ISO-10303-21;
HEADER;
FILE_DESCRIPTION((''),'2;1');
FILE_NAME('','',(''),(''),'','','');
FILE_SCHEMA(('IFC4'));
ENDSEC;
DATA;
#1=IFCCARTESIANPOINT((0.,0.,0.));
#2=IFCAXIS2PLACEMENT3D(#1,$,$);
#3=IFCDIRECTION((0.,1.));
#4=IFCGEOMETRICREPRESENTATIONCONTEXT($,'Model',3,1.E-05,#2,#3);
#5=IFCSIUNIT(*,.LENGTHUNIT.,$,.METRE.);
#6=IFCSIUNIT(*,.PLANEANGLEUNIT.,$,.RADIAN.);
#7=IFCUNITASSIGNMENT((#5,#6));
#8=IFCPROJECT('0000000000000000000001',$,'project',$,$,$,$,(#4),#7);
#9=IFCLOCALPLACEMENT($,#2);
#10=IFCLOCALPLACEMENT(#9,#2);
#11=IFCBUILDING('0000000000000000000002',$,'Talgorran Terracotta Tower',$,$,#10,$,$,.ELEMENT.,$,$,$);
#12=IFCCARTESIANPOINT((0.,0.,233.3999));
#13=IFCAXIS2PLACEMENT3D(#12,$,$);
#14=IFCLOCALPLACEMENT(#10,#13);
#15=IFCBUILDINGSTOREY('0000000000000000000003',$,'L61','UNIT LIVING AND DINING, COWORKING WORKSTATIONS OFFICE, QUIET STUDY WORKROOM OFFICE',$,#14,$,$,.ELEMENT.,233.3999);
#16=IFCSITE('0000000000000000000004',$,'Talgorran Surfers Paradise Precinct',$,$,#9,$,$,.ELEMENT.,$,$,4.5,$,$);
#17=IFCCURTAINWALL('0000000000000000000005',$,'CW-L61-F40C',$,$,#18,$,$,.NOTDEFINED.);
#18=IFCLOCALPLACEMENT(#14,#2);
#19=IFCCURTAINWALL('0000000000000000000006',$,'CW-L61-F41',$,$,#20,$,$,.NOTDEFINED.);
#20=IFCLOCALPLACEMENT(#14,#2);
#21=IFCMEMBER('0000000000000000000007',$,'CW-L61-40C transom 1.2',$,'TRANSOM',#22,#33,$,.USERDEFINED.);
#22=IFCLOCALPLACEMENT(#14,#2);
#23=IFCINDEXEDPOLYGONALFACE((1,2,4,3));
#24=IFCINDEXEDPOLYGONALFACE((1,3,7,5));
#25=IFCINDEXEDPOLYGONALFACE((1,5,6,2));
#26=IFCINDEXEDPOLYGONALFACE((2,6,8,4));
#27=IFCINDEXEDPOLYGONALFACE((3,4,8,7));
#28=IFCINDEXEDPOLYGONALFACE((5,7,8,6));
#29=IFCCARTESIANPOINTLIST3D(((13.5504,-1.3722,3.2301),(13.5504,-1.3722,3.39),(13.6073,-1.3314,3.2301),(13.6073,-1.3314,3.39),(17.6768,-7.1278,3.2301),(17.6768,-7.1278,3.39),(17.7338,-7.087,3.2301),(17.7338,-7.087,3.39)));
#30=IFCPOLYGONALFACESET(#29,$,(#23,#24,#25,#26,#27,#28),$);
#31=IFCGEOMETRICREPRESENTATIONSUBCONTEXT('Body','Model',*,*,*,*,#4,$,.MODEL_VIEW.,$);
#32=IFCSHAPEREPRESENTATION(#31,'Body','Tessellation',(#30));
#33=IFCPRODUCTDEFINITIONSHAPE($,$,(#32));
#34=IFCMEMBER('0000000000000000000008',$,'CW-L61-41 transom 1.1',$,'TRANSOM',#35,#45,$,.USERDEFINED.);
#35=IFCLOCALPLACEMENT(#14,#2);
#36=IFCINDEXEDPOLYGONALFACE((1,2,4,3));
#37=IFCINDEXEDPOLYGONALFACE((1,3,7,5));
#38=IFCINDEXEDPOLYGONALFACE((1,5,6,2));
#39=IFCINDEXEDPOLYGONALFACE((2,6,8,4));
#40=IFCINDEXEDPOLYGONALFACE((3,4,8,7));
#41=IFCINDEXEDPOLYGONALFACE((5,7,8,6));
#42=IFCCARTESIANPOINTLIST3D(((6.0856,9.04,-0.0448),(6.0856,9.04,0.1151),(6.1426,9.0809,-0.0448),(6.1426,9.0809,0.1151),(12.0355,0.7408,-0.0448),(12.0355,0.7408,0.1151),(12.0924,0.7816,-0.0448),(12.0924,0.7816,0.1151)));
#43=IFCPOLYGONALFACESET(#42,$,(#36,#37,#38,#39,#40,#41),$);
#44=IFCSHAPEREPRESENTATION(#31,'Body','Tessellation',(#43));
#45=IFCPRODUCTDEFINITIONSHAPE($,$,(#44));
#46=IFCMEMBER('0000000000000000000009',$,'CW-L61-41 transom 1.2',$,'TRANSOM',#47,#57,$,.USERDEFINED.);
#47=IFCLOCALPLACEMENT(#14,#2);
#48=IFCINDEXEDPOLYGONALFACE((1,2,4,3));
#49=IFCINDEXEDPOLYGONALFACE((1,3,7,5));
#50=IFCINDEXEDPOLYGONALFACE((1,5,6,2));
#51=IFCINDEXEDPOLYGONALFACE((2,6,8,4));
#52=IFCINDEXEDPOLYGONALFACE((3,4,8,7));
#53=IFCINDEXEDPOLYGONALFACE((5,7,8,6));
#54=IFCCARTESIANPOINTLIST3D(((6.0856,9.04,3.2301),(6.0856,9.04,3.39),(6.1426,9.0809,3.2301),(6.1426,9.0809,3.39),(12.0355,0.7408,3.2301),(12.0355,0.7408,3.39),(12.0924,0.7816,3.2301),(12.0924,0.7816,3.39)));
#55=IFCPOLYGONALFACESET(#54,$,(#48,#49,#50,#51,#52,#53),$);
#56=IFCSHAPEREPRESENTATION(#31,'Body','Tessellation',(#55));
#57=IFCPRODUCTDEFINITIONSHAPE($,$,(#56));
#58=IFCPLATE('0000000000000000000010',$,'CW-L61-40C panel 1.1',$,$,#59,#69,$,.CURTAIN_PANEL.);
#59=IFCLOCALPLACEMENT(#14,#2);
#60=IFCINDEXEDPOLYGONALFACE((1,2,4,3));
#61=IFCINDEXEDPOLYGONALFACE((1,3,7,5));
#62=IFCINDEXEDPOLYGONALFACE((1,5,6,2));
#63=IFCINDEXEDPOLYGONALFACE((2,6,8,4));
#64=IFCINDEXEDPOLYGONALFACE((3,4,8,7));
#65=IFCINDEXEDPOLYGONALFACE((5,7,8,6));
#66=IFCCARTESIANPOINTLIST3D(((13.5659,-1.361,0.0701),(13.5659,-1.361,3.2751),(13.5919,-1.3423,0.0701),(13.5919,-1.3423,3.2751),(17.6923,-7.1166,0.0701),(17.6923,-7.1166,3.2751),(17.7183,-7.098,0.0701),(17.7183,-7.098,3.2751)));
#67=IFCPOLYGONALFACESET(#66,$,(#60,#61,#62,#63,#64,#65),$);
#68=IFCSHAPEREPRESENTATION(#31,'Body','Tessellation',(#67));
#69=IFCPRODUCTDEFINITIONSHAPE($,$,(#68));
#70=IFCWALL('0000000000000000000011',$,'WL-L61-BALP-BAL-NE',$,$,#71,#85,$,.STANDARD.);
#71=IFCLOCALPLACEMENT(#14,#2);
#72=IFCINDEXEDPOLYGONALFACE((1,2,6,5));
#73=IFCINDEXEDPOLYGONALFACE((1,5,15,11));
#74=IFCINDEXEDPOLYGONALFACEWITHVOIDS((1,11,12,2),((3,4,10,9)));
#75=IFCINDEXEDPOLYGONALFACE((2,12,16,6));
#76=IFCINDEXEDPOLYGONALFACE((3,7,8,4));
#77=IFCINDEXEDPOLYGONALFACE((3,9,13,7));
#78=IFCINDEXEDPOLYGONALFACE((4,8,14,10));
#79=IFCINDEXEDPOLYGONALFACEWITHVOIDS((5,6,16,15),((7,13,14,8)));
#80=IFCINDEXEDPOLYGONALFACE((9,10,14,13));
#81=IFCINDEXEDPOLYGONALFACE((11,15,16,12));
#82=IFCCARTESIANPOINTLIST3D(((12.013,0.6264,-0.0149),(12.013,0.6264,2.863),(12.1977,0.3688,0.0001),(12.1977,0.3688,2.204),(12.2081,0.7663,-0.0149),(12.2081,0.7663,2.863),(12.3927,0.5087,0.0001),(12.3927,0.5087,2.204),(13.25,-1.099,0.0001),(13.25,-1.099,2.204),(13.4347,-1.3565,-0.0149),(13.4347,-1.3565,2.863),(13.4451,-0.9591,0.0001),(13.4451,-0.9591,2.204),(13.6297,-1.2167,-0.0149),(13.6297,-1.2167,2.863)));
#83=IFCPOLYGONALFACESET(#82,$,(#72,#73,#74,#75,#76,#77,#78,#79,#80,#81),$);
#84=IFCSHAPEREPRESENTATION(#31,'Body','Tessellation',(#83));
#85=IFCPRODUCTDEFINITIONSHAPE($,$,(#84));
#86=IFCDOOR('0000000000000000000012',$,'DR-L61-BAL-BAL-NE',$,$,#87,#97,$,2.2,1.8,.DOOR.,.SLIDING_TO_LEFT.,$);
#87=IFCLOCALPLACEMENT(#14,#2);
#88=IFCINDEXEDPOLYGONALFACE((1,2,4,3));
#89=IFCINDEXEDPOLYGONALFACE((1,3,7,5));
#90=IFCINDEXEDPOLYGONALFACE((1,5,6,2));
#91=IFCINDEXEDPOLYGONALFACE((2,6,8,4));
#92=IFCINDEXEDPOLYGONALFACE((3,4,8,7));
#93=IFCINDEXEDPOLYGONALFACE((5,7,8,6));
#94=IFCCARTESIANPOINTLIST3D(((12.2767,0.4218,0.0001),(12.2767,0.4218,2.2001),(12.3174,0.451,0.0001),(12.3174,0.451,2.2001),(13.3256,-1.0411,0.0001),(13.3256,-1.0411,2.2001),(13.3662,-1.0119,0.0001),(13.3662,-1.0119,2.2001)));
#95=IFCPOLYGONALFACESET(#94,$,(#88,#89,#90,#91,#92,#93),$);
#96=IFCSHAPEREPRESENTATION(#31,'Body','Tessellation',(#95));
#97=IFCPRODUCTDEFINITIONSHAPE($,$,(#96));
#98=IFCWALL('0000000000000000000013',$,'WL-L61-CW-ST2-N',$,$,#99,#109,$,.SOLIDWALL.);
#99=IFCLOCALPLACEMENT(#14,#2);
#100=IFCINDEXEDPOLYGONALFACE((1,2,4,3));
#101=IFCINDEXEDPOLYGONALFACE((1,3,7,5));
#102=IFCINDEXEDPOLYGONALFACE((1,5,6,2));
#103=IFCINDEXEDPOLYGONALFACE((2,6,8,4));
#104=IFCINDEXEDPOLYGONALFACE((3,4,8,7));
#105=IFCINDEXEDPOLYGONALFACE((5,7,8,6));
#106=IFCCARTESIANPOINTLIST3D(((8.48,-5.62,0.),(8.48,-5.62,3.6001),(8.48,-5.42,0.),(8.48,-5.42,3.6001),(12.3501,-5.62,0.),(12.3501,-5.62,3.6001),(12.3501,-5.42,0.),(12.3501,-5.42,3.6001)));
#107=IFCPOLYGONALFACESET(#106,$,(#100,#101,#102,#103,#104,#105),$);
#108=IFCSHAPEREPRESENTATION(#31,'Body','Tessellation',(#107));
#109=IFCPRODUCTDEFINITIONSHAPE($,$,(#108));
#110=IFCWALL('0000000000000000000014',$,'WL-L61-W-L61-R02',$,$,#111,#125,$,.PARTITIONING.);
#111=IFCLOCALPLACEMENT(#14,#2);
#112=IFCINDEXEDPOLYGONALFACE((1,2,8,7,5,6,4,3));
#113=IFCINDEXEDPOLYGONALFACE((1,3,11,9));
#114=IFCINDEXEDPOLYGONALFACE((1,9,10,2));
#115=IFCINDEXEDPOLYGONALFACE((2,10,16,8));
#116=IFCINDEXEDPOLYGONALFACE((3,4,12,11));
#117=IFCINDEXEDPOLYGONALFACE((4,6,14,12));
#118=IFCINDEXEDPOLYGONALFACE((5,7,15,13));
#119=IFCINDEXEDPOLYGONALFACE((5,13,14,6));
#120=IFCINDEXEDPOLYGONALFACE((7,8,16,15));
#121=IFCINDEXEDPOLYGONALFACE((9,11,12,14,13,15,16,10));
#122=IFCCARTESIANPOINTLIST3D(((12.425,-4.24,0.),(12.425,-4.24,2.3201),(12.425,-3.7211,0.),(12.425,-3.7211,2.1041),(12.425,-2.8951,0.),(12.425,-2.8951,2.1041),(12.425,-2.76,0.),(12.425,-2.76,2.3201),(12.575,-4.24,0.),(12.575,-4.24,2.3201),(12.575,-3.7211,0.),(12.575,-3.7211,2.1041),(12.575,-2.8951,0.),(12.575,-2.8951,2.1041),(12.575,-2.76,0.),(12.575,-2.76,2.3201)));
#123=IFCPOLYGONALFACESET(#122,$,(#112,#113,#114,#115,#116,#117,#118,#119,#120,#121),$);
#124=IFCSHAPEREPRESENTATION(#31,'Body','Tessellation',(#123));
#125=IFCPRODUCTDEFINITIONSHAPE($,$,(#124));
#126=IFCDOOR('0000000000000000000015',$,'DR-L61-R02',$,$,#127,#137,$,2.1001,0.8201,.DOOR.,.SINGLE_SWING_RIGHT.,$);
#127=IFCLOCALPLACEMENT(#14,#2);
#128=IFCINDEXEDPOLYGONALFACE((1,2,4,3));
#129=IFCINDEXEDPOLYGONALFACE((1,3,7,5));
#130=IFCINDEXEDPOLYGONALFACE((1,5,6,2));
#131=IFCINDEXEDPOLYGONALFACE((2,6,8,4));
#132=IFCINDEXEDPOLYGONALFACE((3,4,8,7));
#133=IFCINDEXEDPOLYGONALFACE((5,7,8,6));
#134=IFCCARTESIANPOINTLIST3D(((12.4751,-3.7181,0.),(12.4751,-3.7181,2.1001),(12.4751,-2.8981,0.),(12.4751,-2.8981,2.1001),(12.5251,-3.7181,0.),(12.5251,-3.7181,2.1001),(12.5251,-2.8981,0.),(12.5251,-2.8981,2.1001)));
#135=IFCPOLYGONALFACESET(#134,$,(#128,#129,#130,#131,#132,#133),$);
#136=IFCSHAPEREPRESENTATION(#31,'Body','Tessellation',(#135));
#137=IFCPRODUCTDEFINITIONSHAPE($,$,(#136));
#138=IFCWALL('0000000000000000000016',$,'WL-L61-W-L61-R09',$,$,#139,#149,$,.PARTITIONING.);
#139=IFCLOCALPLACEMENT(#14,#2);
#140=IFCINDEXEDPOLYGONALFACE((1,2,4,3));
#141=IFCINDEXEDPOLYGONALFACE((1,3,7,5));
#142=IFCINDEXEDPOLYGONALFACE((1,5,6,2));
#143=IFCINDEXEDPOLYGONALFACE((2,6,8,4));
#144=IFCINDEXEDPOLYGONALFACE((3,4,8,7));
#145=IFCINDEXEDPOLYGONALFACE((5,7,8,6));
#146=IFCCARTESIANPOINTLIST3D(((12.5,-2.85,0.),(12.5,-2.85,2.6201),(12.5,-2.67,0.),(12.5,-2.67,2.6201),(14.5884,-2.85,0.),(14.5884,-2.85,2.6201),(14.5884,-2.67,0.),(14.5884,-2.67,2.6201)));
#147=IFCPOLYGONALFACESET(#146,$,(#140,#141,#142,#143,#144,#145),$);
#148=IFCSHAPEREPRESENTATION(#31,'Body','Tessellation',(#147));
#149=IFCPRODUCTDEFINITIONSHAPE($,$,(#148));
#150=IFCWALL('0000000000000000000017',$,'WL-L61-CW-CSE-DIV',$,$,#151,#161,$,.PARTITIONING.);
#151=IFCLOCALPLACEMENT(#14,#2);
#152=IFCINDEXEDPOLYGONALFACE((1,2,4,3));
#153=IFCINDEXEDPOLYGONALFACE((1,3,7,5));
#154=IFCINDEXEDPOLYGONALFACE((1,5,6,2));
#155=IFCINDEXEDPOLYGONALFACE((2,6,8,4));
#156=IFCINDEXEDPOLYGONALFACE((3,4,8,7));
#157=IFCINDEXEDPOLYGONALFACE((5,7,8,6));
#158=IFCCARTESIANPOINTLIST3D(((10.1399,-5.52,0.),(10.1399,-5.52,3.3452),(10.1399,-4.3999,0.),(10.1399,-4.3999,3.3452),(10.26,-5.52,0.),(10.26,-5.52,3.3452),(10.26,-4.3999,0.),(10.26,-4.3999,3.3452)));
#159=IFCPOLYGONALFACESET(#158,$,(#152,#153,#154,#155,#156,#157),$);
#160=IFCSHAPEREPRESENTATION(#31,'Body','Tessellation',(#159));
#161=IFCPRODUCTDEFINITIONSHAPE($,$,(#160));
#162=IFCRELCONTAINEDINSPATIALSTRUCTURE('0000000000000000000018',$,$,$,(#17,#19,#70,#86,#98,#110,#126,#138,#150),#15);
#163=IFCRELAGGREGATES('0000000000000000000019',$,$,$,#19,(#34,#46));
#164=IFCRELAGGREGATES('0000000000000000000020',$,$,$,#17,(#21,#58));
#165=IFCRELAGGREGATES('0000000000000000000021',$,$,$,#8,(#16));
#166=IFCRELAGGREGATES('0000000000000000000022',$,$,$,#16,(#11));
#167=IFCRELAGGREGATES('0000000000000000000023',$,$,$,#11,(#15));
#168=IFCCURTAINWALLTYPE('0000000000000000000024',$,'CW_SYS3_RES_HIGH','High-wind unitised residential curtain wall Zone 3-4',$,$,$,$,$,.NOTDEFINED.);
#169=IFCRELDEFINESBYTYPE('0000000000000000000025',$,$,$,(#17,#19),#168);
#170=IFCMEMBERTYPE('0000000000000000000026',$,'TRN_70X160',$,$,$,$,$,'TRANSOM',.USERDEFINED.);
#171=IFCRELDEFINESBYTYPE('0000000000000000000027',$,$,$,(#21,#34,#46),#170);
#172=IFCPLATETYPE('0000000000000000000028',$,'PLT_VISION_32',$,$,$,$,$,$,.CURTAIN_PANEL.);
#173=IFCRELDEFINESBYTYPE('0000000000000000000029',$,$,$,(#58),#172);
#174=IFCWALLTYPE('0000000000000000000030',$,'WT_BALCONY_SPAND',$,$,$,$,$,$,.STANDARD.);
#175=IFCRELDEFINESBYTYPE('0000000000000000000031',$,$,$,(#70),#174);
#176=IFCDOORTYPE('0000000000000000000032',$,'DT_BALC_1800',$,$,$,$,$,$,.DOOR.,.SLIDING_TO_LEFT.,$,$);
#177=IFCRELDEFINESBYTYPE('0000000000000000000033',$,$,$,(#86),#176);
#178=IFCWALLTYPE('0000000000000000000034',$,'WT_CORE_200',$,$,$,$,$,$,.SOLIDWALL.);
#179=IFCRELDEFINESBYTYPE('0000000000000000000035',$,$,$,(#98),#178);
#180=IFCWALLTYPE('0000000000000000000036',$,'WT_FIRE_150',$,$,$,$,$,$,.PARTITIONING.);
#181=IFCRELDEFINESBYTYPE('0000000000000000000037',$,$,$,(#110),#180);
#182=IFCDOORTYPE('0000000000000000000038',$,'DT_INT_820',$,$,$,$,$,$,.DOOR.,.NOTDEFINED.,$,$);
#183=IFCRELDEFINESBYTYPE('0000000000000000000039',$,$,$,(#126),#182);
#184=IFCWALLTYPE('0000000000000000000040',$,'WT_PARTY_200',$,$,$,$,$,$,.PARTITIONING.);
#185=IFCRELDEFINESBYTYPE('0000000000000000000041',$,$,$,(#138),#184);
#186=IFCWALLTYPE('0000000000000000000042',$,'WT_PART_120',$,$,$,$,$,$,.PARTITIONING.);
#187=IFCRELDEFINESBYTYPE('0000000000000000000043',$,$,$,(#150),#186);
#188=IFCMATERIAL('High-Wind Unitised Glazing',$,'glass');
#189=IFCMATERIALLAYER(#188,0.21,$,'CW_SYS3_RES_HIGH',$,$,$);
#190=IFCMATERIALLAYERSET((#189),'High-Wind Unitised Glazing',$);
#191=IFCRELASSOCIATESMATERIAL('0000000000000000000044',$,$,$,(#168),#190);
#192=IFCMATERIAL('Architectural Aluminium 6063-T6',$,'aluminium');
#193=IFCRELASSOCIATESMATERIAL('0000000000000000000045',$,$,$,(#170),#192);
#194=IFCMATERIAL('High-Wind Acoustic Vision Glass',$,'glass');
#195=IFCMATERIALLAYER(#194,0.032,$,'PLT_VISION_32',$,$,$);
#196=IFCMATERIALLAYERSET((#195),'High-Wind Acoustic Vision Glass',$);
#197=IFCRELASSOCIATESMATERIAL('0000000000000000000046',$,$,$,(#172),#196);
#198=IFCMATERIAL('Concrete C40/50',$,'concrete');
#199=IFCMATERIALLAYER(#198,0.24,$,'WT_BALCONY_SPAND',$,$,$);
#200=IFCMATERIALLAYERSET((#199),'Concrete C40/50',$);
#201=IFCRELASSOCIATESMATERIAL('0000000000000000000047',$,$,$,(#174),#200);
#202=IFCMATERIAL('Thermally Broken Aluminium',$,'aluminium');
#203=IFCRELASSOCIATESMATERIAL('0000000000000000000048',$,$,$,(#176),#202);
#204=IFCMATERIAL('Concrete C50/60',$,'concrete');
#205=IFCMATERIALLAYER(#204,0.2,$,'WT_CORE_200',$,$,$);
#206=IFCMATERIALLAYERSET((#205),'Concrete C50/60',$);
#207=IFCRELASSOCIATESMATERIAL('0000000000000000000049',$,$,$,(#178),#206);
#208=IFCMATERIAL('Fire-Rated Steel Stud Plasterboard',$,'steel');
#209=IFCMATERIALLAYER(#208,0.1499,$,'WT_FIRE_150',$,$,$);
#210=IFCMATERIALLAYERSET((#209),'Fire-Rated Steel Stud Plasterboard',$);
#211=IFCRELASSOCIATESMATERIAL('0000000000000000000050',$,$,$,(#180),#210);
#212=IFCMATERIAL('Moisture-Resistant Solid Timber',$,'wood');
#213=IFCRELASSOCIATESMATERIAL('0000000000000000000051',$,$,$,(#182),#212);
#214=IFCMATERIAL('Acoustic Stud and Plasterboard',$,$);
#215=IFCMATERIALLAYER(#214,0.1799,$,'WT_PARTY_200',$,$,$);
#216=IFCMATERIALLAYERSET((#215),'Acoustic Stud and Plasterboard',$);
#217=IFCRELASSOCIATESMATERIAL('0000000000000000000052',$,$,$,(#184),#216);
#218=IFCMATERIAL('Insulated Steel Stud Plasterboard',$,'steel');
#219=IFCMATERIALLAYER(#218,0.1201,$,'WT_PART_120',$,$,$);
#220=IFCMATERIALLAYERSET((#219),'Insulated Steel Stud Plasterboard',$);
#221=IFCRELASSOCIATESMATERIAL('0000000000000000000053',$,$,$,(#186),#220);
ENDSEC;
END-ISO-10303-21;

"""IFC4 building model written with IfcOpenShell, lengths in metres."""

from ifc_helpers import new_model, si_unit, direction, frame, frame_2d, origin, origin_2d, place, context, subcontext, project, spatial, rectangle, extrude, source, transform, mapped, material, layer, layer_set, material_profile, profile_set, type_object, type_shapes, element, fill, aggregate, save


model = new_model("IFC4")

# Units and contexts
model_context = context("Model", 3, precision=1e-05, world=origin(), true_north=direction((0.0, 1.0)))
body_context = subcontext(model_context, "Body", "Model", "MODEL_VIEW")
ifc_project = project(units=[si_unit("LENGTHUNIT", "METRE"), si_unit("PLANEANGLEUNIT", "RADIAN")], contexts=[model_context])

# Site, building, storey
site_placement = place(None, origin())
site = spatial("IfcSite", under=ifc_project, at=site_placement, Name="Talgorran Surfers Paradise Precinct", CompositionType="ELEMENT", RefElevation=4.5)
building_placement = place(site_placement, origin())
building = spatial("IfcBuilding", under=site, at=building_placement, Name="Talgorran Terracotta Tower", CompositionType="ELEMENT")
storey_placement = place(building_placement, frame((0.0, 0.0, 233.3999)))
storey = spatial("IfcBuildingStorey", under=building, at=storey_placement, Name="L61", Description="UNIT LIVING AND DINING, COWORKING WORKSTATIONS OFFICE, QUIET STUDY WORKROOM OFFICE", CompositionType="ELEMENT", Elevation=233.3999)

# Curtain walls
ifc_material_1 = material(Name="High-Wind Unitised Glazing", Category="glass")
ifc_layer_1 = layer(ifc_material_1, 0.21, Name="CW_SYS3_RES_HIGH")
ifc_layer_set_1 = layer_set([ifc_layer_1], Name="High-Wind Unitised Glazing")
curtain_wall_type = type_object("IfcCurtainWallType", Name="CW_SYS3_RES_HIGH", Description="High-wind unitised residential curtain wall Zone 3-4", PredefinedType="NOTDEFINED", material=ifc_layer_set_1)
curtain_wall_1_placement = place(storey_placement, origin())
curtain_wall_1 = element("IfcCurtainWall", 1, at=curtain_wall_1_placement, inside=storey, type_object=curtain_wall_type, Name="CW-L61-F40C", PredefinedType="NOTDEFINED")
ifc_material_2 = material(Name="Architectural Aluminium 6063-T6", Category="aluminium")
curtain_wall_2_placement = place(storey_placement, origin())
curtain_wall_2 = element("IfcCurtainWall", 2, at=curtain_wall_2_placement, inside=storey, type_object=curtain_wall_type, Name="CW-L61-F41", PredefinedType="NOTDEFINED")

# Members
ifc_material_profile_1 = material_profile(ifc_material_2, rectangle(XDim=0.0701, YDim=0.1599, at=origin_2d()), Name="CWT70X160")
ifc_profile_set_1 = profile_set([ifc_material_profile_1], Name="Architectural Aluminium 6063-T6")
member_type_1 = type_object("IfcMemberType", Name="TRN_70X160", ElementType="TRANSOM", PredefinedType="USERDEFINED", material=ifc_profile_set_1)
member_1_placement = place(storey_placement, frame((17.7053, -7.1074, 3.3101), z_axis=(-0.582669, 0.81271, 0.0), x_axis=(-0.81271, -0.582669, 0.0)))
member_1 = element("IfcMember", 3, at=member_1_placement, type_object=member_type_1, Name="CW-L61-40C transom 1.2", ObjectType="TRANSOM", PredefinedType="USERDEFINED", context=body_context, shape_type="SweptSolid", body=[
    extrude(rectangle(XDim=0.0701, YDim=0.1599, at=origin_2d()), origin(), (0.0, 0.0, 1.0), 7.082),
])
member_2_placement = place(storey_placement, frame((12.064, 0.7612, 0.0352), z_axis=(-0.582655, 0.812719, 0.0), x_axis=(-0.812719, -0.582655, 0.0)))
member_2 = element("IfcMember", 4, at=member_2_placement, type_object=member_type_1, Name="CW-L61-41 transom 1.1", ObjectType="TRANSOM", PredefinedType="USERDEFINED", context=body_context, shape_type="SweptSolid", body=[
    extrude(rectangle(XDim=0.0701, YDim=0.1599, at=origin_2d()), origin(), (0.0, 0.0, 1.0), 10.2117),
])
member_3_placement = place(storey_placement, frame((12.064, 0.7612, 3.3101), z_axis=(-0.582655, 0.812719, 0.0), x_axis=(-0.812719, -0.582655, 0.0)))
member_3 = element("IfcMember", 5, at=member_3_placement, type_object=member_type_1, Name="CW-L61-41 transom 1.2", ObjectType="TRANSOM", PredefinedType="USERDEFINED", context=body_context, shape_type="SweptSolid", body=[
    extrude(rectangle(XDim=0.0701, YDim=0.1599, at=origin_2d()), origin(), (0.0, 0.0, 1.0), 10.2117),
])
aggregate(curtain_wall_2, [member_2, member_3])

# Plate
ifc_material_3 = material(Name="High-Wind Acoustic Vision Glass", Category="glass")
ifc_layer_2 = layer(ifc_material_3, 0.032, Name="PLT_VISION_32")
ifc_layer_set_2 = layer_set([ifc_layer_2], Name="High-Wind Acoustic Vision Glass")
plate_type = type_object("IfcPlateType", Name="PLT_VISION_32", PredefinedType="CURTAIN_PANEL", material=ifc_layer_set_2)
shared_shape = source(origin(), body_context, "Body", "SweptSolid", [
    extrude(rectangle(XDim=7.082, YDim=0.032, at=origin_2d()), origin(), (0.0, 0.0, 1.0), 3.2051),
])
type_shapes(plate_type, [shared_shape])
plate_placement = place(storey_placement, frame((15.6421, -4.2295, 0.0701), z_axis=(0.0, 0.0, 1.0), x_axis=(-0.582665, 0.812712, 0.0)))
plate = element("IfcPlate", 6, at=plate_placement, type_object=plate_type, Name="CW-L61-40C panel 1.1", PredefinedType="CURTAIN_PANEL", context=body_context, shape_type="MappedRepresentation", body=[
    mapped(shared_shape, transform((0.0, 0.0, 0.0), scale=1.0)),
])
aggregate(curtain_wall_1, [member_1, plate])

# Wall, opening, door
ifc_material_4 = material(Name="Concrete C40/50", Category="concrete")
ifc_layer_3 = layer(ifc_material_4, 0.24, Name="WT_BALCONY_SPAND")
ifc_layer_set_3 = layer_set([ifc_layer_3], Name="Concrete C40/50")
wall_type_1 = type_object("IfcWallType", Name="WT_BALCONY_SPAND", PredefinedType="STANDARD", material=ifc_layer_set_3)
wall_1_placement = place(storey_placement, frame((13.5322, -1.2866, -0.0149), z_axis=(0.0, 0.0, 1.0), x_axis=(-0.582667, 0.812711, 0.0)))
wall_1 = element("IfcWall", 7, at=wall_1_placement, inside=storey, type_object=wall_type_1, Name="WL-L61-BALP-BAL-NE", PredefinedType="STANDARD", context=body_context, shape_type="SweptSolid", body=[
    extrude(rectangle(XDim=2.4399, YDim=0.24, at=frame_2d((1.22, 0.0))), origin(), (0.0, 0.0, 1.0), 2.8779),
])
opening_1_placement = place(wall_1_placement, frame((0.3201, 0.0, 0.0149)))
opening_1 = element("IfcOpeningElement", 8, at=opening_1_placement, cuts=wall_1, PredefinedType="OPENING", context=body_context, shape_type="SweptSolid", body=[
    extrude(rectangle(XDim=1.806, YDim=2.204, at=frame_2d((0.8999, 1.1021))), frame((0.0, 0.1299, 0.0), z_axis=(0.0, -1.0, 0.0), x_axis=(1.0, 0.0, 0.0)), (0.0, 0.0, 1.0), 0.26),
])
ifc_material_5 = material(Name="Thermally Broken Aluminium", Category="aluminium")
door_type_1 = type_object("IfcDoorType", Name="DT_BALC_1800", OperationType="SLIDING_TO_LEFT", PredefinedType="DOOR", material=ifc_material_5)
door_1_placement = place(opening_1_placement, origin())
door_1 = element("IfcDoor", 9, at=door_1_placement, inside=storey, type_object=door_type_1, Name="DR-L61-BAL-BAL-NE", OperationType="SLIDING_TO_LEFT", OverallHeight=2.2, OverallWidth=1.8, PredefinedType="DOOR", context=body_context, shape_type="SweptSolid", body=[
    extrude(rectangle(XDim=1.8, YDim=2.2, at=frame_2d((0.8999, 1.1001))), frame((0.0, 0.0249, 0.0), z_axis=(0.0, -1.0, 0.0), x_axis=(1.0, 0.0, 0.0)), (0.0, 0.0, 1.0), 0.05),
])
fill(opening_1, door_1)

# Wall
ifc_material_6 = material(Name="Concrete C50/60", Category="concrete")
ifc_layer_4 = layer(ifc_material_6, 0.2, Name="WT_CORE_200")
ifc_layer_set_4 = layer_set([ifc_layer_4], Name="Concrete C50/60")
wall_type_2 = type_object("IfcWallType", Name="WT_CORE_200", PredefinedType="SOLIDWALL", material=ifc_layer_set_4)
wall_2_placement = place(storey_placement, frame((8.48, -5.52, 0.0), z_axis=(0.0, 0.0, 1.0), x_axis=(1.0, 0.0, 0.0)))
element("IfcWall", 10, at=wall_2_placement, inside=storey, type_object=wall_type_2, Name="WL-L61-CW-ST2-N", PredefinedType="SOLIDWALL", context=body_context, shape_type="SweptSolid", body=[
    extrude(rectangle(XDim=3.8701, YDim=0.2, at=frame_2d((1.9351, 0.0))), origin(), (0.0, 0.0, 1.0), 3.6001),
])

# Wall, opening, door
ifc_material_7 = material(Name="Fire-Rated Steel Stud Plasterboard", Category="steel")
ifc_layer_5 = layer(ifc_material_7, 0.1499, Name="WT_FIRE_150")
ifc_layer_set_5 = layer_set([ifc_layer_5], Name="Fire-Rated Steel Stud Plasterboard")
wall_type_3 = type_object("IfcWallType", Name="WT_FIRE_150", PredefinedType="PARTITIONING", material=ifc_layer_set_5)
wall_3_placement = place(storey_placement, frame((12.5, -4.24, 0.0), z_axis=(0.0, 0.0, 1.0), x_axis=(0.0, 1.0, 0.0)))
wall_3 = element("IfcWall", 11, at=wall_3_placement, inside=storey, type_object=wall_type_3, Name="WL-L61-W-L61-R02", PredefinedType="PARTITIONING", context=body_context, shape_type="SweptSolid", body=[
    extrude(rectangle(XDim=1.48, YDim=0.1499, at=frame_2d((0.74, 0.0))), origin(), (0.0, 0.0, 1.0), 2.3201),
])
opening_2_placement = place(wall_3_placement, frame((0.5217, 0.0, 0.0)))
opening_2 = element("IfcOpeningElement", 12, at=opening_2_placement, cuts=wall_3, PredefinedType="OPENING", context=body_context, shape_type="SweptSolid", body=[
    extrude(rectangle(XDim=0.8261, YDim=2.1041, at=frame_2d((0.4102, 1.052))), frame((0.0, 0.085, 0.0), z_axis=(0.0, -1.0, 0.0), x_axis=(1.0, 0.0, 0.0)), (0.0, 0.0, 1.0), 0.1699),
])
ifc_material_8 = material(Name="Moisture-Resistant Solid Timber", Category="wood")
door_type_2 = type_object("IfcDoorType", Name="DT_INT_820", OperationType="NOTDEFINED", PredefinedType="DOOR", material=ifc_material_8)
door_2_placement = place(opening_2_placement, origin())
door_2 = element("IfcDoor", 13, at=door_2_placement, inside=storey, type_object=door_type_2, Name="DR-L61-R02", OperationType="SINGLE_SWING_RIGHT", OverallHeight=2.1001, OverallWidth=0.8201, PredefinedType="DOOR", context=body_context, shape_type="SweptSolid", body=[
    extrude(rectangle(XDim=0.8201, YDim=2.1001, at=frame_2d((0.4102, 1.05))), frame((0.0, 0.0249, 0.0), z_axis=(0.0, -1.0, 0.0), x_axis=(1.0, 0.0, 0.0)), (0.0, 0.0, 1.0), 0.05),
])
fill(opening_2, door_2)

# Walls
ifc_material_9 = material(Name="Acoustic Stud and Plasterboard")
ifc_layer_6 = layer(ifc_material_9, 0.1799, Name="WT_PARTY_200")
ifc_layer_set_6 = layer_set([ifc_layer_6], Name="Acoustic Stud and Plasterboard")
wall_type_4 = type_object("IfcWallType", Name="WT_PARTY_200", PredefinedType="PARTITIONING", material=ifc_layer_set_6)
wall_4_placement = place(storey_placement, frame((12.5, -2.76, 0.0), z_axis=(0.0, 0.0, 1.0), x_axis=(1.0, 0.0, 0.0)))
element("IfcWall", 14, at=wall_4_placement, inside=storey, type_object=wall_type_4, Name="WL-L61-W-L61-R09", PredefinedType="PARTITIONING", context=body_context, shape_type="SweptSolid", body=[
    extrude(rectangle(XDim=2.0884, YDim=0.1799, at=frame_2d((1.0442, 0.0))), origin(), (0.0, 0.0, 1.0), 2.6201),
])
ifc_material_10 = material(Name="Insulated Steel Stud Plasterboard", Category="steel")
ifc_layer_7 = layer(ifc_material_10, 0.1201, Name="WT_PART_120")
ifc_layer_set_7 = layer_set([ifc_layer_7], Name="Insulated Steel Stud Plasterboard")
wall_type_5 = type_object("IfcWallType", Name="WT_PART_120", PredefinedType="PARTITIONING", material=ifc_layer_set_7)
wall_5_placement = place(storey_placement, frame((10.2, -5.52, 0.0), z_axis=(0.0, 0.0, 1.0), x_axis=(0.0, 1.0, 0.0)))
element("IfcWall", 15, at=wall_5_placement, inside=storey, type_object=wall_type_5, Name="WL-L61-CW-CSE-DIV", PredefinedType="PARTITIONING", context=body_context, shape_type="SweptSolid", body=[
    extrude(rectangle(XDim=1.1201, YDim=0.1201, at=frame_2d((0.5601, 0.0))), origin(), (0.0, 0.0, 1.0), 3.3452),
])

save(model, "model.ifc")
